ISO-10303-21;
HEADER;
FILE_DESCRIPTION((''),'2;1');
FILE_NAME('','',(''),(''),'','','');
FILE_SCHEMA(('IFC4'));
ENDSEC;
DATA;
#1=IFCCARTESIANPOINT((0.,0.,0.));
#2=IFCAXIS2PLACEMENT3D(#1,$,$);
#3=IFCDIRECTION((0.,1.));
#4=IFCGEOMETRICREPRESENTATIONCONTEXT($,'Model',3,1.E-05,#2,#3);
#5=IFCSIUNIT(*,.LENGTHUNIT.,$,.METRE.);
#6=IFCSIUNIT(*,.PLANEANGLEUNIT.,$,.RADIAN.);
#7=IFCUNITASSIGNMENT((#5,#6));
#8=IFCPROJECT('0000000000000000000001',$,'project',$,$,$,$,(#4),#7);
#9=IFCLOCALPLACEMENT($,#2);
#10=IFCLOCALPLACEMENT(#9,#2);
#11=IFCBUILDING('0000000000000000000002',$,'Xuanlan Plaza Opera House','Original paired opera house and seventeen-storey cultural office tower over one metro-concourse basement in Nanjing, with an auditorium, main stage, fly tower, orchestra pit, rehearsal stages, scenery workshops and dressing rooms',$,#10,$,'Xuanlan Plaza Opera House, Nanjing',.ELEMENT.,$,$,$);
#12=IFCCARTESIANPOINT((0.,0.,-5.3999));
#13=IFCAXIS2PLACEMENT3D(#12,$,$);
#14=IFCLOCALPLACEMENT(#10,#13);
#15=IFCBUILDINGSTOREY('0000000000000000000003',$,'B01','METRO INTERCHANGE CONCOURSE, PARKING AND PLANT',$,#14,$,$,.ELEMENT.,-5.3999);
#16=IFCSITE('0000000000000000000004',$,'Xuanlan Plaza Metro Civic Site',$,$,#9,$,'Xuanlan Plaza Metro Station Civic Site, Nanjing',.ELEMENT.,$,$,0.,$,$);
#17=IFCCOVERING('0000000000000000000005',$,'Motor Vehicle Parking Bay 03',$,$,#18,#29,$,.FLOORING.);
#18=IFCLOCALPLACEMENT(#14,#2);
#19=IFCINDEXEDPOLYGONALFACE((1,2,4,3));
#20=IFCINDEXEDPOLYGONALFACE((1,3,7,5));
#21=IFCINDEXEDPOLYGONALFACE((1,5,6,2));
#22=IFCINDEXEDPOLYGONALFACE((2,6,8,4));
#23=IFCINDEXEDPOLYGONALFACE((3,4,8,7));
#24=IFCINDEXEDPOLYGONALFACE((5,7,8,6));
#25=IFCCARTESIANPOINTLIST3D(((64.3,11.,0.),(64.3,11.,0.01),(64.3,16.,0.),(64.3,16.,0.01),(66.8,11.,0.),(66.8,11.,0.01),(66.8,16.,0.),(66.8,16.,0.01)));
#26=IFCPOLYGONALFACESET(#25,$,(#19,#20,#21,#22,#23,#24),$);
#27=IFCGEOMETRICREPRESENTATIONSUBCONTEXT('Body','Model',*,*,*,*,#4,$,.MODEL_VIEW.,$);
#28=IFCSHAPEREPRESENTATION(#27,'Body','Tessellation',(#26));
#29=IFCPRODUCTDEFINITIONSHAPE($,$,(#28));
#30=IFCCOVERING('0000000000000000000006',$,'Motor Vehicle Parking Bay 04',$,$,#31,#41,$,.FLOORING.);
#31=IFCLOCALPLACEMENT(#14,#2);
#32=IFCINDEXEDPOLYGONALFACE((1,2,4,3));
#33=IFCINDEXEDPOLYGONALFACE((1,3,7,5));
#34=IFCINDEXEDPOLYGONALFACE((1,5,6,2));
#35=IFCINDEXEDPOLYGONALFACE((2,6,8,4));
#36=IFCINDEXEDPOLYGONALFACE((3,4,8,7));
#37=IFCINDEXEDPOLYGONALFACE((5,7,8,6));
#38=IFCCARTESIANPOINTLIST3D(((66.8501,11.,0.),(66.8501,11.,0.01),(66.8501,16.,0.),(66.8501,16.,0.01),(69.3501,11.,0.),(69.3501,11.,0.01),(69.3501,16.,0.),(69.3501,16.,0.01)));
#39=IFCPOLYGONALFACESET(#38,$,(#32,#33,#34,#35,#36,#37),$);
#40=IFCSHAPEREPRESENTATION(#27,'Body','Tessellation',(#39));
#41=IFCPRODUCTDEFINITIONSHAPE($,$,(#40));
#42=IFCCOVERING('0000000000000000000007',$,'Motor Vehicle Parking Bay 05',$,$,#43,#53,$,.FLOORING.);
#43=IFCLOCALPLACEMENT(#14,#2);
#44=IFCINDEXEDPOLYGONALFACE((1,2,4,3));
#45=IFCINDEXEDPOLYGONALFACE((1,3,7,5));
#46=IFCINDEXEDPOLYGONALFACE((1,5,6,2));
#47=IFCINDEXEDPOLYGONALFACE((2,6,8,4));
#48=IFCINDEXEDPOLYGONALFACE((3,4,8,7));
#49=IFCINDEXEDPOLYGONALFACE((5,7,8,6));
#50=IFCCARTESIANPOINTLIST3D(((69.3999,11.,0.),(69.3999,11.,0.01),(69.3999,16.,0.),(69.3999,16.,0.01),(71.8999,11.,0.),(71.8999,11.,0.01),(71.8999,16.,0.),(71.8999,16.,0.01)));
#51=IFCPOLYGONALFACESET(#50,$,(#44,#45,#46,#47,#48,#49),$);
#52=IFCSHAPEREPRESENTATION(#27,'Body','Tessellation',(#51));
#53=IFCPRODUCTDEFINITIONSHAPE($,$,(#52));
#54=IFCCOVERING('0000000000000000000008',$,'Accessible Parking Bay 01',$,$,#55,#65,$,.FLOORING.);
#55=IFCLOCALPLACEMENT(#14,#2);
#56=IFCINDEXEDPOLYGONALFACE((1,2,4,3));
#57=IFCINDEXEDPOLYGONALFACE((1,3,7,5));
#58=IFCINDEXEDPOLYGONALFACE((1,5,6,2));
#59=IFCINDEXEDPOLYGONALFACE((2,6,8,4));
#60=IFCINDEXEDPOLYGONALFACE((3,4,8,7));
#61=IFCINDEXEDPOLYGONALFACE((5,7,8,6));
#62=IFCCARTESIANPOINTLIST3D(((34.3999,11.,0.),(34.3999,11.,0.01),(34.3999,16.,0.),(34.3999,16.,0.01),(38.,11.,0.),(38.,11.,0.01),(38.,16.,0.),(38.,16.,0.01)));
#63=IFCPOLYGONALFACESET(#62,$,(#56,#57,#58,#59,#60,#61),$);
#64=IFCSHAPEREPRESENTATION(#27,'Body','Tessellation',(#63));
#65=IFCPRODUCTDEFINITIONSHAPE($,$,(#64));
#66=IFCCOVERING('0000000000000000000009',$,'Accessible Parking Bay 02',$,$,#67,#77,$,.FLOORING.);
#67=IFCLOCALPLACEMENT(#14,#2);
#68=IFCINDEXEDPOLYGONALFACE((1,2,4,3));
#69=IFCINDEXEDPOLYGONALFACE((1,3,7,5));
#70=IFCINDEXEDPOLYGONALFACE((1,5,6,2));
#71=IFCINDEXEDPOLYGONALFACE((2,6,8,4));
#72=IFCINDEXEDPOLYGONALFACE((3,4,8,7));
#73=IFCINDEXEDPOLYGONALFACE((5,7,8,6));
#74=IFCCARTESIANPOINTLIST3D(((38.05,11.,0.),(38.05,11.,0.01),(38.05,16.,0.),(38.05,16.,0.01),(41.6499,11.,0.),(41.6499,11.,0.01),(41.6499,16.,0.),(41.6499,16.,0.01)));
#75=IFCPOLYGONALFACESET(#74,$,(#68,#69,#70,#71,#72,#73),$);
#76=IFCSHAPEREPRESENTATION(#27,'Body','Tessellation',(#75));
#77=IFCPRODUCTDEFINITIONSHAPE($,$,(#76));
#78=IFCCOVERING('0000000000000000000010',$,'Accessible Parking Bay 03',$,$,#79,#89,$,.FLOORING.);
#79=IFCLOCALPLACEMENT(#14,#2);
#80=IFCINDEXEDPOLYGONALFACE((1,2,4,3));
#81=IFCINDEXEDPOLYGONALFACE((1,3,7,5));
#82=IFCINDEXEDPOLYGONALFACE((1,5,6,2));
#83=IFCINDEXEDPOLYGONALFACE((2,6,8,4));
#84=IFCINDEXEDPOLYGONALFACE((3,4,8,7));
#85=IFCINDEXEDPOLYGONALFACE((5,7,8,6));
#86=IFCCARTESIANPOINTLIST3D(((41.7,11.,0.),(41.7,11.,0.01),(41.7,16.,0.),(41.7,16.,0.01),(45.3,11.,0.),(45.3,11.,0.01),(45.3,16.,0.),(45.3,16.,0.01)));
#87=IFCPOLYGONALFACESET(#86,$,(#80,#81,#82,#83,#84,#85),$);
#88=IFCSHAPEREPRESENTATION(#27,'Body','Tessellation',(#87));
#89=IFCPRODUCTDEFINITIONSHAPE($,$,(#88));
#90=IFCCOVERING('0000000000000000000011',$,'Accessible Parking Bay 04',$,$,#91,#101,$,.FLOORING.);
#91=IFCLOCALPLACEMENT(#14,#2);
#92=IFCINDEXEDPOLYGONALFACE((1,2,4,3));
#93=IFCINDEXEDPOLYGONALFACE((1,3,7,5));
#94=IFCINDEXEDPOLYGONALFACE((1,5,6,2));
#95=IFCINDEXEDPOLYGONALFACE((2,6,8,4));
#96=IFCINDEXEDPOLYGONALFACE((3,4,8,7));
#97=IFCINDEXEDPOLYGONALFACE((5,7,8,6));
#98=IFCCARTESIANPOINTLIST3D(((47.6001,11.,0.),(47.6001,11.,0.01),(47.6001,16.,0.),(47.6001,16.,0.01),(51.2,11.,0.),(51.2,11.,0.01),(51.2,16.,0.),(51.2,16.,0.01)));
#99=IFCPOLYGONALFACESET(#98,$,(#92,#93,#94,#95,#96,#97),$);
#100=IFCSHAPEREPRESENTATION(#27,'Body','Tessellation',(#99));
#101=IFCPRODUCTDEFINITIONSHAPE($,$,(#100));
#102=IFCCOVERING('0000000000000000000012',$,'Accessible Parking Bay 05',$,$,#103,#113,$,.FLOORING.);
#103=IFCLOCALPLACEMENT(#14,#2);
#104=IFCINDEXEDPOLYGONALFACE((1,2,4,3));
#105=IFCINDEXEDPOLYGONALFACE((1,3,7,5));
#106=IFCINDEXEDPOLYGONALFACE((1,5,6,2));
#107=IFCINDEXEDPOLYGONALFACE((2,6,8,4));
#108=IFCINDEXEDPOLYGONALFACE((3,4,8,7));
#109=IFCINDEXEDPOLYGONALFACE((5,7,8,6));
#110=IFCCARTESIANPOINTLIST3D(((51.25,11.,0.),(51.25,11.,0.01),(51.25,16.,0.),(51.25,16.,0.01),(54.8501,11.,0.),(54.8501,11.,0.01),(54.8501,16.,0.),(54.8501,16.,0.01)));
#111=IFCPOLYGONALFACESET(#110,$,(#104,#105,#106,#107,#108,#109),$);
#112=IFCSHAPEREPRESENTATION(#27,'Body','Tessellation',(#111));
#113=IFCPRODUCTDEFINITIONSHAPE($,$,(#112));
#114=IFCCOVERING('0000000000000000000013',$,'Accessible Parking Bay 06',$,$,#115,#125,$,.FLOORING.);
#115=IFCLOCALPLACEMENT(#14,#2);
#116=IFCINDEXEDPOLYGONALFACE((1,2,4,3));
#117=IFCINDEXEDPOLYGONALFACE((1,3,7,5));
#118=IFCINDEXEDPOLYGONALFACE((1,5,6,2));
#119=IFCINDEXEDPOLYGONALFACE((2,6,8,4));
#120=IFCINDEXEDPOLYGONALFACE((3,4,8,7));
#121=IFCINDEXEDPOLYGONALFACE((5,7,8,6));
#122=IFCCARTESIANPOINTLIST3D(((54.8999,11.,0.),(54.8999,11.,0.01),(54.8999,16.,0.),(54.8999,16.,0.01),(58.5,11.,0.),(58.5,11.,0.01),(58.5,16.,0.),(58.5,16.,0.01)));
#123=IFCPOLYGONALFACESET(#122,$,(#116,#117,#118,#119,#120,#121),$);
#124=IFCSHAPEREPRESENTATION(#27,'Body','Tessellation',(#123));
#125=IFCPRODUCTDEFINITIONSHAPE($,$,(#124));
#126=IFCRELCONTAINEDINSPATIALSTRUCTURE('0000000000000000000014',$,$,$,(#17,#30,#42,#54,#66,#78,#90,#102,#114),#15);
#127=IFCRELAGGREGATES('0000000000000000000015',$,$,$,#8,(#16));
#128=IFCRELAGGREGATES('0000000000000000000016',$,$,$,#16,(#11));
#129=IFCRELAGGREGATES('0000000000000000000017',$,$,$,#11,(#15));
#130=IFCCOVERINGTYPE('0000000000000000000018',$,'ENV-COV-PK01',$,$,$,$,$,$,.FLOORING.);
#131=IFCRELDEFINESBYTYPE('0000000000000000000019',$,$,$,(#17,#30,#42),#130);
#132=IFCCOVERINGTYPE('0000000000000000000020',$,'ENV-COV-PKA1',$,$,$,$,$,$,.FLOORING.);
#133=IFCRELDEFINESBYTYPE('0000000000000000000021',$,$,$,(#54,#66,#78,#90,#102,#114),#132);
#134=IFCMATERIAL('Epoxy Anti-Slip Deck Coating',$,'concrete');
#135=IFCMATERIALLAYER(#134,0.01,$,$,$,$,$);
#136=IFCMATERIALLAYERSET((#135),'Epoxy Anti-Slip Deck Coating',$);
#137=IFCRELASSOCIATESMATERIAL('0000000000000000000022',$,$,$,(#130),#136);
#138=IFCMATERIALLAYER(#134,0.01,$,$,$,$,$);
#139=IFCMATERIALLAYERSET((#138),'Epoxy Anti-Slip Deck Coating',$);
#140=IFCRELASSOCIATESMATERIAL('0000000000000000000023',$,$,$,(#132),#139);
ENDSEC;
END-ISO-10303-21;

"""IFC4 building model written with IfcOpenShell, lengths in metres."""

from ifc_helpers import new_model, si_unit, direction, frame, origin, place, context, subcontext, project, spatial, polyline, outline, extrude, material, layer, layer_set, type_object, element, save


model = new_model("IFC4")

# Units and contexts
model_context = context("Model", 3, precision=1e-05, world=origin(), true_north=direction((0.0, 1.0)))
body_context = subcontext(model_context, "Body", "Model", "MODEL_VIEW")
ifc_project = project(units=[si_unit("LENGTHUNIT", "METRE"), si_unit("PLANEANGLEUNIT", "RADIAN")], contexts=[model_context])

# Site, building, storey
site_placement = place(None, origin())
site = spatial("IfcSite", under=ifc_project, at=site_placement, Name="Xuanlan Plaza Metro Civic Site", LongName="Xuanlan Plaza Metro Station Civic Site, Nanjing", CompositionType="ELEMENT", RefElevation=0.0)
building_placement = place(site_placement, origin())
building = spatial("IfcBuilding", under=site, at=building_placement, Name="Xuanlan Plaza Opera House", Description="Original paired opera house and seventeen-storey cultural office tower over one metro-concourse basement in Nanjing, with an auditorium, main stage, fly tower, orchestra pit, rehearsal stages, scenery workshops and dressing rooms", LongName="Xuanlan Plaza Opera House, Nanjing", CompositionType="ELEMENT")
storey_placement = place(building_placement, frame((0.0, 0.0, -5.3999)))
storey = spatial("IfcBuildingStorey", under=building, at=storey_placement, Name="B01", Description="METRO INTERCHANGE CONCOURSE, PARKING AND PLANT", CompositionType="ELEMENT", Elevation=-5.3999)

# Coverings
ifc_material_1 = material(Name="Epoxy Anti-Slip Deck Coating", Category="concrete")
ifc_layer_1 = layer(ifc_material_1, 0.01)
ifc_layer_set_1 = layer_set([ifc_layer_1], Name="Epoxy Anti-Slip Deck Coating")
covering_type_1 = type_object("IfcCoveringType", Name="ENV-COV-PK01", PredefinedType="FLOORING", material=ifc_layer_set_1)
covering_1_placement = place(storey_placement, origin())
element("IfcCovering", 1, at=covering_1_placement, inside=storey, type_object=covering_type_1, Name="Motor Vehicle Parking Bay 03", PredefinedType="FLOORING", context=body_context, shape_type="SweptSolid", body=[
    extrude(outline(polyline([(64.3, 11.0), (66.8, 11.0), (66.8, 16.0), (64.3, 16.0), (64.3, 11.0)])), origin(), (0.0, 0.0, 1.0), 0.01),
])
covering_2_placement = place(storey_placement, origin())
element("IfcCovering", 2, at=covering_2_placement, inside=storey, type_object=covering_type_1, Name="Motor Vehicle Parking Bay 04", PredefinedType="FLOORING", context=body_context, shape_type="SweptSolid", body=[
    extrude(outline(polyline([(66.8501, 11.0), (69.3501, 11.0), (69.3501, 16.0), (66.8501, 16.0), (66.8501, 11.0)])), origin(), (0.0, 0.0, 1.0), 0.01),
])
covering_3_placement = place(storey_placement, origin())
element("IfcCovering", 3, at=covering_3_placement, inside=storey, type_object=covering_type_1, Name="Motor Vehicle Parking Bay 05", PredefinedType="FLOORING", context=body_context, shape_type="SweptSolid", body=[
    extrude(outline(polyline([(69.3999, 11.0), (71.8999, 11.0), (71.8999, 16.0), (69.3999, 16.0), (69.3999, 11.0)])), origin(), (0.0, 0.0, 1.0), 0.01),
])
ifc_layer_2 = layer(ifc_material_1, 0.01)
ifc_layer_set_2 = layer_set([ifc_layer_2], Name="Epoxy Anti-Slip Deck Coating")
covering_type_2 = type_object("IfcCoveringType", Name="ENV-COV-PKA1", PredefinedType="FLOORING", material=ifc_layer_set_2)
covering_4_placement = place(storey_placement, origin())
element("IfcCovering", 4, at=covering_4_placement, inside=storey, type_object=covering_type_2, Name="Accessible Parking Bay 01", PredefinedType="FLOORING", context=body_context, shape_type="SweptSolid", body=[
    extrude(outline(polyline([(34.3999, 11.0), (38.0, 11.0), (38.0, 16.0), (34.3999, 16.0), (34.3999, 11.0)])), origin(), (0.0, 0.0, 1.0), 0.01),
])
covering_5_placement = place(storey_placement, origin())
element("IfcCovering", 5, at=covering_5_placement, inside=storey, type_object=covering_type_2, Name="Accessible Parking Bay 02", PredefinedType="FLOORING", context=body_context, shape_type="SweptSolid", body=[
    extrude(outline(polyline([(38.05, 11.0), (41.6499, 11.0), (41.6499, 16.0), (38.05, 16.0), (38.05, 11.0)])), origin(), (0.0, 0.0, 1.0), 0.01),
])
covering_6_placement = place(storey_placement, origin())
element("IfcCovering", 6, at=covering_6_placement, inside=storey, type_object=covering_type_2, Name="Accessible Parking Bay 03", PredefinedType="FLOORING", context=body_context, shape_type="SweptSolid", body=[
    extrude(outline(polyline([(41.7, 11.0), (45.3, 11.0), (45.3, 16.0), (41.7, 16.0), (41.7, 11.0)])), origin(), (0.0, 0.0, 1.0), 0.01),
])
covering_7_placement = place(storey_placement, origin())
element("IfcCovering", 7, at=covering_7_placement, inside=storey, type_object=covering_type_2, Name="Accessible Parking Bay 04", PredefinedType="FLOORING", context=body_context, shape_type="SweptSolid", body=[
    extrude(outline(polyline([(47.6001, 11.0), (51.2, 11.0), (51.2, 16.0), (47.6001, 16.0), (47.6001, 11.0)])), origin(), (0.0, 0.0, 1.0), 0.01),
])
covering_8_placement = place(storey_placement, origin())
element("IfcCovering", 8, at=covering_8_placement, inside=storey, type_object=covering_type_2, Name="Accessible Parking Bay 05", PredefinedType="FLOORING", context=body_context, shape_type="SweptSolid", body=[
    extrude(outline(polyline([(51.25, 11.0), (54.8501, 11.0), (54.8501, 16.0), (51.25, 16.0), (51.25, 11.0)])), origin(), (0.0, 0.0, 1.0), 0.01),
])
covering_9_placement = place(storey_placement, origin())
element("IfcCovering", 9, at=covering_9_placement, inside=storey, type_object=covering_type_2, Name="Accessible Parking Bay 06", PredefinedType="FLOORING", context=body_context, shape_type="SweptSolid", body=[
    extrude(outline(polyline([(54.8999, 11.0), (58.5, 11.0), (58.5, 16.0), (54.8999, 16.0), (54.8999, 11.0)])), origin(), (0.0, 0.0, 1.0), 0.01),
])

save(model, "model.ifc")
